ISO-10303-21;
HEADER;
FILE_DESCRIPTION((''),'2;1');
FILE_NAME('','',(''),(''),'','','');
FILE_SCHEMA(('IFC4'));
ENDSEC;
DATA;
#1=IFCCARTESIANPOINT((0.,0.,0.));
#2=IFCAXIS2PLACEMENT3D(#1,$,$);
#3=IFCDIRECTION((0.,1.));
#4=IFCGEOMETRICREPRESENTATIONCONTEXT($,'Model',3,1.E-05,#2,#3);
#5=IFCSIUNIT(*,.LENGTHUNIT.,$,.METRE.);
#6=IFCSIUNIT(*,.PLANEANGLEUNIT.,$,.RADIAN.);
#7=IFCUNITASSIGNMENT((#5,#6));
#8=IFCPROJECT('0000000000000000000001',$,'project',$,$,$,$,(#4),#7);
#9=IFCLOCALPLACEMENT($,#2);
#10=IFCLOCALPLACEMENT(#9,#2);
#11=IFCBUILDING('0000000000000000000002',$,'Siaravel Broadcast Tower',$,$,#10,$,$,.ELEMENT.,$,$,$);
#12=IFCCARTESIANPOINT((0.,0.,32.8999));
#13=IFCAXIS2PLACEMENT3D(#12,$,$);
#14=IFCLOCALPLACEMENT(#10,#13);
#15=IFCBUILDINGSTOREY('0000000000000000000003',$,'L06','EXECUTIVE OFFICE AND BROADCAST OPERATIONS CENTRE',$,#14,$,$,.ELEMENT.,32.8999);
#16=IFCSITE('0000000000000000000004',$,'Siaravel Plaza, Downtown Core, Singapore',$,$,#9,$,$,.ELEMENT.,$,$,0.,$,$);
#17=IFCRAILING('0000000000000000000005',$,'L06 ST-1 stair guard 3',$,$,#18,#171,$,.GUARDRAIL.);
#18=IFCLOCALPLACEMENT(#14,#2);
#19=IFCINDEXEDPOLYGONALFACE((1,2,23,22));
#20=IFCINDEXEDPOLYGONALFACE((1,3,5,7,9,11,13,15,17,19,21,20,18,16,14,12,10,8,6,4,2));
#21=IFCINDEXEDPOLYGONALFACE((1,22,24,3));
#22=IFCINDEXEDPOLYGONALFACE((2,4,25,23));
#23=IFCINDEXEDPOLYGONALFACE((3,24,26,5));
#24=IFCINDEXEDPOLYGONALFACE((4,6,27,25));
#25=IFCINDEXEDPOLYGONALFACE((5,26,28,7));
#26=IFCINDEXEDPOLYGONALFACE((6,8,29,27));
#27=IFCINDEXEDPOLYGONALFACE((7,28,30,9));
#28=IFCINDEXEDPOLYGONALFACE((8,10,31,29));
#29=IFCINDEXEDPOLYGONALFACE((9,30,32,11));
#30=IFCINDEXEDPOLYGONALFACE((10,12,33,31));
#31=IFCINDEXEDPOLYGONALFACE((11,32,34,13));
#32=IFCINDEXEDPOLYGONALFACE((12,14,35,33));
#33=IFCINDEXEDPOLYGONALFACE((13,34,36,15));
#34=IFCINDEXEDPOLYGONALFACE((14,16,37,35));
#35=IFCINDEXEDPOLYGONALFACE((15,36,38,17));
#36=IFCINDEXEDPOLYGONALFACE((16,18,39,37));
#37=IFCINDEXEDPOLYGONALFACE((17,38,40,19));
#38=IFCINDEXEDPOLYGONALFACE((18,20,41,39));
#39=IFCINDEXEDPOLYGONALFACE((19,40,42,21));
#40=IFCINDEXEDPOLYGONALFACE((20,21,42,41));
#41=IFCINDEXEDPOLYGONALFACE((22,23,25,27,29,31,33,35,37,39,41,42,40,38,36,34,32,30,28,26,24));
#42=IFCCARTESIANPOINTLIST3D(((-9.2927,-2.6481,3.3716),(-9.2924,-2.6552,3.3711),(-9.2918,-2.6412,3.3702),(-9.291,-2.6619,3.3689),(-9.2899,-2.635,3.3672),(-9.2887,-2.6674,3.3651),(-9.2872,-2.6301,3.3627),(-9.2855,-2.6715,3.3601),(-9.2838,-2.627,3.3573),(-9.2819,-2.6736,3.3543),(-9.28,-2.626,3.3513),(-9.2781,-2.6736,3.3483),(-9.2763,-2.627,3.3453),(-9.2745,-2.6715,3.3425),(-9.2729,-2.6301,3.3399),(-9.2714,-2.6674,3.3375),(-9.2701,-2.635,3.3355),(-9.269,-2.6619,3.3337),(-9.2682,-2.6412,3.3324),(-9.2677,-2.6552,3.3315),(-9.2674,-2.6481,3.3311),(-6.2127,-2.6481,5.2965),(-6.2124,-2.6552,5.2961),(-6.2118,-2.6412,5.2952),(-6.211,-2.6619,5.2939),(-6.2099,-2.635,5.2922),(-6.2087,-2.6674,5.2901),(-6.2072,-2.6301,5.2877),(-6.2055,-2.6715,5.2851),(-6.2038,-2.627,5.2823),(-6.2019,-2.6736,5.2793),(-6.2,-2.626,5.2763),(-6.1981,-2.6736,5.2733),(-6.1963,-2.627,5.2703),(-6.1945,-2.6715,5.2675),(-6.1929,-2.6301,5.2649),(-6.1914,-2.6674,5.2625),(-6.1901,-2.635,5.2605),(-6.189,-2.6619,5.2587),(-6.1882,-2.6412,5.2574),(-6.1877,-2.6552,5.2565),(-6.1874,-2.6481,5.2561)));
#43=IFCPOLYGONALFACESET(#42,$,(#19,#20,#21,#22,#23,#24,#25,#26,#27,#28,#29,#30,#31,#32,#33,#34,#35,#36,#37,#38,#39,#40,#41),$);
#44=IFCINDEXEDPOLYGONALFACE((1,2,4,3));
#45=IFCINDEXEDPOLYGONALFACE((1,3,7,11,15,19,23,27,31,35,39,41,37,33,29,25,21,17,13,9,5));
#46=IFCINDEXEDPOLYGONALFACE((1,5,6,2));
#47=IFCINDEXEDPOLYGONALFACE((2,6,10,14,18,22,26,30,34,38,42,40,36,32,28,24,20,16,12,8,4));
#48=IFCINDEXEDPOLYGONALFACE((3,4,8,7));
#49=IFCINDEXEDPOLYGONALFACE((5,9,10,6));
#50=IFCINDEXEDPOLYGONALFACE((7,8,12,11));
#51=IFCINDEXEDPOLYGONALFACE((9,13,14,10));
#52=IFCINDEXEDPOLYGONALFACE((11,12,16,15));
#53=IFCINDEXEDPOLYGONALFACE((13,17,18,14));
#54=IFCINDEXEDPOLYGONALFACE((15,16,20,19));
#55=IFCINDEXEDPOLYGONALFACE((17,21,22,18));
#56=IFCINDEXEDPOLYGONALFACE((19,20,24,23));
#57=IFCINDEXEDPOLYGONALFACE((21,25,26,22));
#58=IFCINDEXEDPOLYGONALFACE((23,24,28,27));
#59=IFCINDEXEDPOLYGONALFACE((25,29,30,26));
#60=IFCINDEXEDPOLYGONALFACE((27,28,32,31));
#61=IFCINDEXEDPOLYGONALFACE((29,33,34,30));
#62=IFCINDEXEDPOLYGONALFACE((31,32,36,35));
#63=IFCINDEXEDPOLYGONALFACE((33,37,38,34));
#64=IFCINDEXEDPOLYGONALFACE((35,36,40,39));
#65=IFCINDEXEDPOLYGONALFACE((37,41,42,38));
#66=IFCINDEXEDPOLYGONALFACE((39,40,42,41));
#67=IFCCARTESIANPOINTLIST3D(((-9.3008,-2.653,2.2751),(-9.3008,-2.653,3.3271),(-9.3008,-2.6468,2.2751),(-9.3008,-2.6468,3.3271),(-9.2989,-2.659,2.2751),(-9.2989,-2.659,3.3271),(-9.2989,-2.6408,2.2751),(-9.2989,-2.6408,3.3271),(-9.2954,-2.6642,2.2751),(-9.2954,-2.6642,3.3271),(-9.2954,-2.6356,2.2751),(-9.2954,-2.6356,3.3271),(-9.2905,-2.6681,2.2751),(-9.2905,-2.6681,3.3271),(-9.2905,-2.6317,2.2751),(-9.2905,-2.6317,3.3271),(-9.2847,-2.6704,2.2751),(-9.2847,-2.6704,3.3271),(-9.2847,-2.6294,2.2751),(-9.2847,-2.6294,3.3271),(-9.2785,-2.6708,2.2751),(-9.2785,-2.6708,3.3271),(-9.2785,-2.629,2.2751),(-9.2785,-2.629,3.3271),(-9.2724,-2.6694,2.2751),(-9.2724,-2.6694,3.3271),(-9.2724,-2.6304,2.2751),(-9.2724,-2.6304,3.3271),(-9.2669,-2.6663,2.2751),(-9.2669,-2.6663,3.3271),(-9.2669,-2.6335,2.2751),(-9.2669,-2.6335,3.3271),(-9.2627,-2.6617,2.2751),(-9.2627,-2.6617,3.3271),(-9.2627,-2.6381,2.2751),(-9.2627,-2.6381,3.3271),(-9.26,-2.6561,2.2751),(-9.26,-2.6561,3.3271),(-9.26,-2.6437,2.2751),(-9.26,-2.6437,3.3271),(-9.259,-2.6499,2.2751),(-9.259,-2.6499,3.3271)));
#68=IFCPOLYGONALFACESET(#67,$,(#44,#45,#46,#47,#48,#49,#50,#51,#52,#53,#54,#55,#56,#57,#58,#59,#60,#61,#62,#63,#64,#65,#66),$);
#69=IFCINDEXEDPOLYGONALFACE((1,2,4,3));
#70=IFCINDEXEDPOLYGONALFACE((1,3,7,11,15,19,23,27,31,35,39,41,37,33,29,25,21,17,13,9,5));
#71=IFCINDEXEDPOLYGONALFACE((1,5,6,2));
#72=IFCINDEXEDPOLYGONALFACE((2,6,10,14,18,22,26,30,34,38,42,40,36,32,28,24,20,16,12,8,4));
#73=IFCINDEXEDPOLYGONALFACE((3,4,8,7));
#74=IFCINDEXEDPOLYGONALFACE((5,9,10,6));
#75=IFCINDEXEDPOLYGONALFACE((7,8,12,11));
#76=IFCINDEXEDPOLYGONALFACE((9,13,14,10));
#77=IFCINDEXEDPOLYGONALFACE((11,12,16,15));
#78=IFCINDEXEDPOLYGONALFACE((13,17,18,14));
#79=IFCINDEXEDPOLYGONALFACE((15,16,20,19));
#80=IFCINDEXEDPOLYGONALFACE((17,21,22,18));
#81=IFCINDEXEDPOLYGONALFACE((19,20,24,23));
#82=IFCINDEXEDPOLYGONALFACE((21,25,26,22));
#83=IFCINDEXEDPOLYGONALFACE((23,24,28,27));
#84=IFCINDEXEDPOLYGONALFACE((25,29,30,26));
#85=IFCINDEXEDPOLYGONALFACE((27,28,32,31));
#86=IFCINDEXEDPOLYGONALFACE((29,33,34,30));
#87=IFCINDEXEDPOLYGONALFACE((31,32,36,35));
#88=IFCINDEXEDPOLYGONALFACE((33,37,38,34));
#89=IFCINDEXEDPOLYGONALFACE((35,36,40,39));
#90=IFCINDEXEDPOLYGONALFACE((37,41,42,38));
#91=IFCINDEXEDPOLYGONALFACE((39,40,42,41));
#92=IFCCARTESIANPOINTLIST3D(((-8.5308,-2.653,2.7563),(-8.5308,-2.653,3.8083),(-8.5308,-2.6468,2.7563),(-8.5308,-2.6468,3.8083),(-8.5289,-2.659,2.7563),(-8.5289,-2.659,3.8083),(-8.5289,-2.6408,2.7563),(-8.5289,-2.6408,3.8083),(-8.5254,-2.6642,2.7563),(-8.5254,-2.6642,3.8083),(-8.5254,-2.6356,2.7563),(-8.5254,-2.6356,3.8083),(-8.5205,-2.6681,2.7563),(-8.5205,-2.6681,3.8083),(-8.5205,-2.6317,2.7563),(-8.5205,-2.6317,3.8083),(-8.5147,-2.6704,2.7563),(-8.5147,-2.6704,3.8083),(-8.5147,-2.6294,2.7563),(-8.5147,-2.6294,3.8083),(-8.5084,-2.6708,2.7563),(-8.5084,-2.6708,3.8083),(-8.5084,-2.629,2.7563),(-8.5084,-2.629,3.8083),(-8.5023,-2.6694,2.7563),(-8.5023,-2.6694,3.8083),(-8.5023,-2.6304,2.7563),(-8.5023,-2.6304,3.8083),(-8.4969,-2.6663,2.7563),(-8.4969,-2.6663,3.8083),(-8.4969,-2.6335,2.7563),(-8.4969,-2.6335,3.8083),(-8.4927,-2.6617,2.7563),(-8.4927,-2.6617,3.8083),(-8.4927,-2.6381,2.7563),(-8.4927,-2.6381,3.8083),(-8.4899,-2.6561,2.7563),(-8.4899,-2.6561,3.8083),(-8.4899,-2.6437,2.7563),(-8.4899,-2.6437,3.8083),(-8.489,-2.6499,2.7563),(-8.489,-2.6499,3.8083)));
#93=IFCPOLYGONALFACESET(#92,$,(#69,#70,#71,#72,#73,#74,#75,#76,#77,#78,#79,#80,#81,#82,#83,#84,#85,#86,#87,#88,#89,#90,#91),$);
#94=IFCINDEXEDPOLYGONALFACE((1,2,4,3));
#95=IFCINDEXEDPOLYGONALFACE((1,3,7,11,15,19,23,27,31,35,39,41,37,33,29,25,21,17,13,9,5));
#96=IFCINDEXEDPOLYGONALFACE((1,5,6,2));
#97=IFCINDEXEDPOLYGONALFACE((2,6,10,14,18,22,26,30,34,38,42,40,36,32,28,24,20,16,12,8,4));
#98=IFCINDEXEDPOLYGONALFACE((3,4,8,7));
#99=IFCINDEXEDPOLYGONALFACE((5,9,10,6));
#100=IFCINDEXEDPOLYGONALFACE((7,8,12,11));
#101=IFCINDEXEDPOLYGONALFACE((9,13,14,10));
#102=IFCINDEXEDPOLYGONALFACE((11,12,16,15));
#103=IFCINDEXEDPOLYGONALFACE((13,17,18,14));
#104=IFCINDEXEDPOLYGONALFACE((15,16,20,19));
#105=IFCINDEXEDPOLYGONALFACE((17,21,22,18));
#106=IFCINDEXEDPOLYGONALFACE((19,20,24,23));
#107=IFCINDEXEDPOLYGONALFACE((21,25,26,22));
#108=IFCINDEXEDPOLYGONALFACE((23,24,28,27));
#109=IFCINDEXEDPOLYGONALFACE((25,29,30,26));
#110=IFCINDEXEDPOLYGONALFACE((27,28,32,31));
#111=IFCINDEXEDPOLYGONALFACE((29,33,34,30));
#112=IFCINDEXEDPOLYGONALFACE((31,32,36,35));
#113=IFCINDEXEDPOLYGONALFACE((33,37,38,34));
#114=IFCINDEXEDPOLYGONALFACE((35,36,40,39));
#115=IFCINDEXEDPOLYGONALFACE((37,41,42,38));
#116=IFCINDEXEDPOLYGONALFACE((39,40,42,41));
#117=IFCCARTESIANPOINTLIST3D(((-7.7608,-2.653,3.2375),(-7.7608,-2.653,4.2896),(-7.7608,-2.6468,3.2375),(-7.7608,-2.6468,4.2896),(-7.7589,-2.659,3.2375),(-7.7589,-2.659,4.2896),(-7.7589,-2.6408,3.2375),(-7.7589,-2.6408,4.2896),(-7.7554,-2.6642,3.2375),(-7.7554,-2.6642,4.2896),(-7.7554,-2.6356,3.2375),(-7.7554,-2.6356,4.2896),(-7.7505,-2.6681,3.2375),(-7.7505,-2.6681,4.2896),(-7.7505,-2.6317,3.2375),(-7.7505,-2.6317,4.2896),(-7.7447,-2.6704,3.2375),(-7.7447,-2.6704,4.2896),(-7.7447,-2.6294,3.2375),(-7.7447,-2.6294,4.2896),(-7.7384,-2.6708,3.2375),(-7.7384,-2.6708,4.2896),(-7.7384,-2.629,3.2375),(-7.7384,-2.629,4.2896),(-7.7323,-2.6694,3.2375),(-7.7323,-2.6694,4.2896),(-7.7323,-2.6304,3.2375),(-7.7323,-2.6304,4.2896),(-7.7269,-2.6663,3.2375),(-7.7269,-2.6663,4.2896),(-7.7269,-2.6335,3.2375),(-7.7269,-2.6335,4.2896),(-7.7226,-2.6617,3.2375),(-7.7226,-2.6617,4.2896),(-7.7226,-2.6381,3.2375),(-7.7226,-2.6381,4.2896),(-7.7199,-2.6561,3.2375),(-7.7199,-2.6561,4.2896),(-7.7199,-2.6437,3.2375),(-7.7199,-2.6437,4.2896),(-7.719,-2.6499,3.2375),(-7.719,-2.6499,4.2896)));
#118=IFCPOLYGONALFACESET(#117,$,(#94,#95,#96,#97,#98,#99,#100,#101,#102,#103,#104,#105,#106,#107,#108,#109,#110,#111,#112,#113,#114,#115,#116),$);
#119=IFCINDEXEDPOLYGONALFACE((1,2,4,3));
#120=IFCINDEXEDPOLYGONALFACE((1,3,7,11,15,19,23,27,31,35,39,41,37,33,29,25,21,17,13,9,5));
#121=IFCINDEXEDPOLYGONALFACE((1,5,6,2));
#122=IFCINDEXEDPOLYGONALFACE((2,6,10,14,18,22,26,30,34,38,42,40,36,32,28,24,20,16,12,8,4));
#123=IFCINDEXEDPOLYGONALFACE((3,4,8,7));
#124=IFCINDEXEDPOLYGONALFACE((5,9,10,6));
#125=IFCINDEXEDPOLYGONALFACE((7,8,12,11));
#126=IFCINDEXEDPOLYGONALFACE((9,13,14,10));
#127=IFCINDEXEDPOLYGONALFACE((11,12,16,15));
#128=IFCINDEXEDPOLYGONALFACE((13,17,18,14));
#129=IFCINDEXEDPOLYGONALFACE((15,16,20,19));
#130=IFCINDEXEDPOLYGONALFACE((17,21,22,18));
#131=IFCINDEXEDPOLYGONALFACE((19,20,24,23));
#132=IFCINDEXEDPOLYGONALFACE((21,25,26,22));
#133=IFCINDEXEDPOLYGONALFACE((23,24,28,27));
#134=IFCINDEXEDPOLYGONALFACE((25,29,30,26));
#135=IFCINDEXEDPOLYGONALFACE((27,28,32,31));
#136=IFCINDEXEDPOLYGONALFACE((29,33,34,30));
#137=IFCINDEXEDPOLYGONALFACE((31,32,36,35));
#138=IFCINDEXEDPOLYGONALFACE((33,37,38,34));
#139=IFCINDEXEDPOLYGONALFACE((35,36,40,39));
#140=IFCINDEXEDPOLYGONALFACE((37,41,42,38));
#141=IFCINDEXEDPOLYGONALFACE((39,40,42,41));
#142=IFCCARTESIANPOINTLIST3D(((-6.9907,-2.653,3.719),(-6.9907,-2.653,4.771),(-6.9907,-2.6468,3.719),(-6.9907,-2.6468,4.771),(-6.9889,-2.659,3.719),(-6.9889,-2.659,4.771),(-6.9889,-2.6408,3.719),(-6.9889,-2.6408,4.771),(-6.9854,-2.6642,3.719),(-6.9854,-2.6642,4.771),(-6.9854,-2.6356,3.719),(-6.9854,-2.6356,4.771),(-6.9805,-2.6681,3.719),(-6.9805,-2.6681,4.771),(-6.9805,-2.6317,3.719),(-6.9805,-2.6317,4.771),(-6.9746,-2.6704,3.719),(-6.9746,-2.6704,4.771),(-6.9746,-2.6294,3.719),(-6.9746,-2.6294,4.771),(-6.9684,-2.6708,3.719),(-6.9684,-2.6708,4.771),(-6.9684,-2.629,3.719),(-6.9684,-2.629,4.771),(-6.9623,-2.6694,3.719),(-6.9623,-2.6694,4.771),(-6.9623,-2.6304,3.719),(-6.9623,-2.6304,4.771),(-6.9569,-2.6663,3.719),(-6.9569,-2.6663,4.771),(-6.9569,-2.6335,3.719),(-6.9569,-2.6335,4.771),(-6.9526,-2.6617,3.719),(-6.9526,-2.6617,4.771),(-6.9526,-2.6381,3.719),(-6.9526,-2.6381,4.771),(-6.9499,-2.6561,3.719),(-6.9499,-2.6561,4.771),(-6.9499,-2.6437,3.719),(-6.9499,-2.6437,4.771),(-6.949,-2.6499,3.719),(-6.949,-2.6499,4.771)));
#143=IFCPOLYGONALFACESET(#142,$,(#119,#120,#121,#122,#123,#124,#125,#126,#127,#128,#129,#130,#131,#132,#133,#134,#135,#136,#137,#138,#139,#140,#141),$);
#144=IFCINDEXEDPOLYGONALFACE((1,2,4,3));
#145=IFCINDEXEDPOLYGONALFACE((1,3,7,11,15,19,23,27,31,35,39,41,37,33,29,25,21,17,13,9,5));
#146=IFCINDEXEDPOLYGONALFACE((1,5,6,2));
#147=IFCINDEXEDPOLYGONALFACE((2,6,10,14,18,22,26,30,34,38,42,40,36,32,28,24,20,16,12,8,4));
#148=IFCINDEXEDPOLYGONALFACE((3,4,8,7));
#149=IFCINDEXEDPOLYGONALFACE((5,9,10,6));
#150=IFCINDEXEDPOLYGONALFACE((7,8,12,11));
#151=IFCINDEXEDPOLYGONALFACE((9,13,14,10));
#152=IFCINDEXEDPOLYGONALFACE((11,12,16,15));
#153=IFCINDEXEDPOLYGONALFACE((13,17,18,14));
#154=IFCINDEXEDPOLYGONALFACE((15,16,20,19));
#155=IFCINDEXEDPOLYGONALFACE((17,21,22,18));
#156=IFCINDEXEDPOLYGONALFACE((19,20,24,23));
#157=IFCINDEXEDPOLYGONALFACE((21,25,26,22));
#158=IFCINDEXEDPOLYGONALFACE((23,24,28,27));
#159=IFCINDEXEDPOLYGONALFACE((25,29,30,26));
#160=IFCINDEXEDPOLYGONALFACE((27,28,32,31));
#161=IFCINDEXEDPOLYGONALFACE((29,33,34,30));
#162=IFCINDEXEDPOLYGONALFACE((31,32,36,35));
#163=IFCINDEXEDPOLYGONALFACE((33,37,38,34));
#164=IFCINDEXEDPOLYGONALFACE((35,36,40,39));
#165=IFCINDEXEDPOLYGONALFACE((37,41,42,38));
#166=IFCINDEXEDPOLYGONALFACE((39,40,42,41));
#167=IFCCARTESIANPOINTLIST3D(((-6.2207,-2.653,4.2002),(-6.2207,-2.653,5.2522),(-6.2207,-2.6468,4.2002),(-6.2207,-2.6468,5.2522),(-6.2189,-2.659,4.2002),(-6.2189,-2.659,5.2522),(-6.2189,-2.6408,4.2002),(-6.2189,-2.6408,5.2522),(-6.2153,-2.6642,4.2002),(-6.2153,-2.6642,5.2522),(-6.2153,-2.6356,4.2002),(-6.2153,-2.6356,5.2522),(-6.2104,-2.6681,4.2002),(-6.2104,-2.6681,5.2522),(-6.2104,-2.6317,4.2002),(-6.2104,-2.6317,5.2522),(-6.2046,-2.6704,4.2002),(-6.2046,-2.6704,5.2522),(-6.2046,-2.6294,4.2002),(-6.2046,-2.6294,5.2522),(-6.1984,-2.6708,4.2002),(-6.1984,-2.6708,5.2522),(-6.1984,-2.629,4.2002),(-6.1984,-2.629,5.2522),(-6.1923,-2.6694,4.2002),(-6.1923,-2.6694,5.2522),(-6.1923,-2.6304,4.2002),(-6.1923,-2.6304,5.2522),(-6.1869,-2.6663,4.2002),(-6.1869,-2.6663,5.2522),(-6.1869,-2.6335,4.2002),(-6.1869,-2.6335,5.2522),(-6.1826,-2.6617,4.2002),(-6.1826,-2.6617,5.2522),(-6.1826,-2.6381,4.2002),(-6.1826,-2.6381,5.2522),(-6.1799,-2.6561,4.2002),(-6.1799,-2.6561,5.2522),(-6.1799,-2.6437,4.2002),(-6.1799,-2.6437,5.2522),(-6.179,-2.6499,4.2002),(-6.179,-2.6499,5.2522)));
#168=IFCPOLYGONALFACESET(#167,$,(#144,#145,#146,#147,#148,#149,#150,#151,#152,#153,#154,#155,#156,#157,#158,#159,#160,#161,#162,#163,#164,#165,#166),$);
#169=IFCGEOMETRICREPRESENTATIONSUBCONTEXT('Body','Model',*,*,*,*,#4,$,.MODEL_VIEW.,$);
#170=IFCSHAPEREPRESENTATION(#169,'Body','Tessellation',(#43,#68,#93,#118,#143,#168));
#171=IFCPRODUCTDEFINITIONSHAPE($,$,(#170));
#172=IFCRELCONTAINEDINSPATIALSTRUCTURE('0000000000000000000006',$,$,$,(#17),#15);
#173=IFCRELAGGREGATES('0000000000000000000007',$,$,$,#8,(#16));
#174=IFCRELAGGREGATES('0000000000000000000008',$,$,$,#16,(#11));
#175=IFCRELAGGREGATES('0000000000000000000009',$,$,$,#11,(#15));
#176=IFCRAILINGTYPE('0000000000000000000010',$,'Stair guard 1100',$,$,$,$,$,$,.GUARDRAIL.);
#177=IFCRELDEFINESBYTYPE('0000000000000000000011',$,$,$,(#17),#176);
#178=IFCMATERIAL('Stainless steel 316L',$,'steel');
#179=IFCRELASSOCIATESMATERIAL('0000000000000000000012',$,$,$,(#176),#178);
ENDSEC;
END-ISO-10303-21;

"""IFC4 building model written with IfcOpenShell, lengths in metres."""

from ifc_helpers import new_model, si_unit, direction, frame, origin, origin_2d, place, context, subcontext, project, spatial, circle, extrude, material, type_object, element, save


model = new_model("IFC4")

# Units and contexts
model_context = context("Model", 3, precision=1e-05, world=origin(), true_north=direction((0.0, 1.0)))
body_context = subcontext(model_context, "Body", "Model", "MODEL_VIEW")
ifc_project = project(units=[si_unit("LENGTHUNIT", "METRE"), si_unit("PLANEANGLEUNIT", "RADIAN")], contexts=[model_context])

# Site, building, storey
site_placement = place(None, origin())
site = spatial("IfcSite", under=ifc_project, at=site_placement, Name="Siaravel Plaza, Downtown Core, Singapore", CompositionType="ELEMENT", RefElevation=0.0)
building_placement = place(site_placement, origin())
building = spatial("IfcBuilding", under=site, at=building_placement, Name="Siaravel Broadcast Tower", CompositionType="ELEMENT")
storey_placement = place(building_placement, frame((0.0, 0.0, 32.8999)))
storey = spatial("IfcBuildingStorey", under=building, at=storey_placement, Name="L06", Description="EXECUTIVE OFFICE AND BROADCAST OPERATIONS CENTRE", CompositionType="ELEMENT", Elevation=32.8999)

# Railing
ifc_material_1 = material(Name="Stainless steel 316L", Category="steel")
railing_type_1 = type_object("IfcRailingType", Name="Stair guard 1100", PredefinedType="GUARDRAIL", material=ifc_material_1)
railing_1_placement = place(storey_placement, frame((-9.28, -2.6499, 2.2751)))
element("IfcRailing", 1, at=railing_1_placement, inside=storey, type_object=railing_type_1, Name="L06 ST-1 stair guard 3", PredefinedType="GUARDRAIL", context=body_context, shape_type="SweptSolid", body=[
    extrude(circle(Radius=0.0239, at=origin_2d()), frame((0.0, 0.0, 1.0762), z_axis=(0.847998, 0.0, 0.529999), x_axis=(0.0, 1.0, 0.0)), (0.0, 0.0, 1.0), 3.6321),
    extrude(circle(Radius=0.021, at=origin_2d()), origin(), (0.0, 0.0, 1.0), 1.052),
    extrude(circle(Radius=0.021, at=origin_2d()), frame((0.77, 0.0, 0.4812)), (0.0, 0.0, 1.0), 1.052),
    extrude(circle(Radius=0.021, at=origin_2d()), frame((1.54, 0.0, 0.9624)), (0.0, 0.0, 1.0), 1.052),
    extrude(circle(Radius=0.021, at=origin_2d()), frame((2.3101, 0.0, 1.4438)), (0.0, 0.0, 1.0), 1.052),
    extrude(circle(Radius=0.021, at=origin_2d()), frame((3.0801, 0.0, 1.925)), (0.0, 0.0, 1.0), 1.052),
])

save(model, "model.ifc")
